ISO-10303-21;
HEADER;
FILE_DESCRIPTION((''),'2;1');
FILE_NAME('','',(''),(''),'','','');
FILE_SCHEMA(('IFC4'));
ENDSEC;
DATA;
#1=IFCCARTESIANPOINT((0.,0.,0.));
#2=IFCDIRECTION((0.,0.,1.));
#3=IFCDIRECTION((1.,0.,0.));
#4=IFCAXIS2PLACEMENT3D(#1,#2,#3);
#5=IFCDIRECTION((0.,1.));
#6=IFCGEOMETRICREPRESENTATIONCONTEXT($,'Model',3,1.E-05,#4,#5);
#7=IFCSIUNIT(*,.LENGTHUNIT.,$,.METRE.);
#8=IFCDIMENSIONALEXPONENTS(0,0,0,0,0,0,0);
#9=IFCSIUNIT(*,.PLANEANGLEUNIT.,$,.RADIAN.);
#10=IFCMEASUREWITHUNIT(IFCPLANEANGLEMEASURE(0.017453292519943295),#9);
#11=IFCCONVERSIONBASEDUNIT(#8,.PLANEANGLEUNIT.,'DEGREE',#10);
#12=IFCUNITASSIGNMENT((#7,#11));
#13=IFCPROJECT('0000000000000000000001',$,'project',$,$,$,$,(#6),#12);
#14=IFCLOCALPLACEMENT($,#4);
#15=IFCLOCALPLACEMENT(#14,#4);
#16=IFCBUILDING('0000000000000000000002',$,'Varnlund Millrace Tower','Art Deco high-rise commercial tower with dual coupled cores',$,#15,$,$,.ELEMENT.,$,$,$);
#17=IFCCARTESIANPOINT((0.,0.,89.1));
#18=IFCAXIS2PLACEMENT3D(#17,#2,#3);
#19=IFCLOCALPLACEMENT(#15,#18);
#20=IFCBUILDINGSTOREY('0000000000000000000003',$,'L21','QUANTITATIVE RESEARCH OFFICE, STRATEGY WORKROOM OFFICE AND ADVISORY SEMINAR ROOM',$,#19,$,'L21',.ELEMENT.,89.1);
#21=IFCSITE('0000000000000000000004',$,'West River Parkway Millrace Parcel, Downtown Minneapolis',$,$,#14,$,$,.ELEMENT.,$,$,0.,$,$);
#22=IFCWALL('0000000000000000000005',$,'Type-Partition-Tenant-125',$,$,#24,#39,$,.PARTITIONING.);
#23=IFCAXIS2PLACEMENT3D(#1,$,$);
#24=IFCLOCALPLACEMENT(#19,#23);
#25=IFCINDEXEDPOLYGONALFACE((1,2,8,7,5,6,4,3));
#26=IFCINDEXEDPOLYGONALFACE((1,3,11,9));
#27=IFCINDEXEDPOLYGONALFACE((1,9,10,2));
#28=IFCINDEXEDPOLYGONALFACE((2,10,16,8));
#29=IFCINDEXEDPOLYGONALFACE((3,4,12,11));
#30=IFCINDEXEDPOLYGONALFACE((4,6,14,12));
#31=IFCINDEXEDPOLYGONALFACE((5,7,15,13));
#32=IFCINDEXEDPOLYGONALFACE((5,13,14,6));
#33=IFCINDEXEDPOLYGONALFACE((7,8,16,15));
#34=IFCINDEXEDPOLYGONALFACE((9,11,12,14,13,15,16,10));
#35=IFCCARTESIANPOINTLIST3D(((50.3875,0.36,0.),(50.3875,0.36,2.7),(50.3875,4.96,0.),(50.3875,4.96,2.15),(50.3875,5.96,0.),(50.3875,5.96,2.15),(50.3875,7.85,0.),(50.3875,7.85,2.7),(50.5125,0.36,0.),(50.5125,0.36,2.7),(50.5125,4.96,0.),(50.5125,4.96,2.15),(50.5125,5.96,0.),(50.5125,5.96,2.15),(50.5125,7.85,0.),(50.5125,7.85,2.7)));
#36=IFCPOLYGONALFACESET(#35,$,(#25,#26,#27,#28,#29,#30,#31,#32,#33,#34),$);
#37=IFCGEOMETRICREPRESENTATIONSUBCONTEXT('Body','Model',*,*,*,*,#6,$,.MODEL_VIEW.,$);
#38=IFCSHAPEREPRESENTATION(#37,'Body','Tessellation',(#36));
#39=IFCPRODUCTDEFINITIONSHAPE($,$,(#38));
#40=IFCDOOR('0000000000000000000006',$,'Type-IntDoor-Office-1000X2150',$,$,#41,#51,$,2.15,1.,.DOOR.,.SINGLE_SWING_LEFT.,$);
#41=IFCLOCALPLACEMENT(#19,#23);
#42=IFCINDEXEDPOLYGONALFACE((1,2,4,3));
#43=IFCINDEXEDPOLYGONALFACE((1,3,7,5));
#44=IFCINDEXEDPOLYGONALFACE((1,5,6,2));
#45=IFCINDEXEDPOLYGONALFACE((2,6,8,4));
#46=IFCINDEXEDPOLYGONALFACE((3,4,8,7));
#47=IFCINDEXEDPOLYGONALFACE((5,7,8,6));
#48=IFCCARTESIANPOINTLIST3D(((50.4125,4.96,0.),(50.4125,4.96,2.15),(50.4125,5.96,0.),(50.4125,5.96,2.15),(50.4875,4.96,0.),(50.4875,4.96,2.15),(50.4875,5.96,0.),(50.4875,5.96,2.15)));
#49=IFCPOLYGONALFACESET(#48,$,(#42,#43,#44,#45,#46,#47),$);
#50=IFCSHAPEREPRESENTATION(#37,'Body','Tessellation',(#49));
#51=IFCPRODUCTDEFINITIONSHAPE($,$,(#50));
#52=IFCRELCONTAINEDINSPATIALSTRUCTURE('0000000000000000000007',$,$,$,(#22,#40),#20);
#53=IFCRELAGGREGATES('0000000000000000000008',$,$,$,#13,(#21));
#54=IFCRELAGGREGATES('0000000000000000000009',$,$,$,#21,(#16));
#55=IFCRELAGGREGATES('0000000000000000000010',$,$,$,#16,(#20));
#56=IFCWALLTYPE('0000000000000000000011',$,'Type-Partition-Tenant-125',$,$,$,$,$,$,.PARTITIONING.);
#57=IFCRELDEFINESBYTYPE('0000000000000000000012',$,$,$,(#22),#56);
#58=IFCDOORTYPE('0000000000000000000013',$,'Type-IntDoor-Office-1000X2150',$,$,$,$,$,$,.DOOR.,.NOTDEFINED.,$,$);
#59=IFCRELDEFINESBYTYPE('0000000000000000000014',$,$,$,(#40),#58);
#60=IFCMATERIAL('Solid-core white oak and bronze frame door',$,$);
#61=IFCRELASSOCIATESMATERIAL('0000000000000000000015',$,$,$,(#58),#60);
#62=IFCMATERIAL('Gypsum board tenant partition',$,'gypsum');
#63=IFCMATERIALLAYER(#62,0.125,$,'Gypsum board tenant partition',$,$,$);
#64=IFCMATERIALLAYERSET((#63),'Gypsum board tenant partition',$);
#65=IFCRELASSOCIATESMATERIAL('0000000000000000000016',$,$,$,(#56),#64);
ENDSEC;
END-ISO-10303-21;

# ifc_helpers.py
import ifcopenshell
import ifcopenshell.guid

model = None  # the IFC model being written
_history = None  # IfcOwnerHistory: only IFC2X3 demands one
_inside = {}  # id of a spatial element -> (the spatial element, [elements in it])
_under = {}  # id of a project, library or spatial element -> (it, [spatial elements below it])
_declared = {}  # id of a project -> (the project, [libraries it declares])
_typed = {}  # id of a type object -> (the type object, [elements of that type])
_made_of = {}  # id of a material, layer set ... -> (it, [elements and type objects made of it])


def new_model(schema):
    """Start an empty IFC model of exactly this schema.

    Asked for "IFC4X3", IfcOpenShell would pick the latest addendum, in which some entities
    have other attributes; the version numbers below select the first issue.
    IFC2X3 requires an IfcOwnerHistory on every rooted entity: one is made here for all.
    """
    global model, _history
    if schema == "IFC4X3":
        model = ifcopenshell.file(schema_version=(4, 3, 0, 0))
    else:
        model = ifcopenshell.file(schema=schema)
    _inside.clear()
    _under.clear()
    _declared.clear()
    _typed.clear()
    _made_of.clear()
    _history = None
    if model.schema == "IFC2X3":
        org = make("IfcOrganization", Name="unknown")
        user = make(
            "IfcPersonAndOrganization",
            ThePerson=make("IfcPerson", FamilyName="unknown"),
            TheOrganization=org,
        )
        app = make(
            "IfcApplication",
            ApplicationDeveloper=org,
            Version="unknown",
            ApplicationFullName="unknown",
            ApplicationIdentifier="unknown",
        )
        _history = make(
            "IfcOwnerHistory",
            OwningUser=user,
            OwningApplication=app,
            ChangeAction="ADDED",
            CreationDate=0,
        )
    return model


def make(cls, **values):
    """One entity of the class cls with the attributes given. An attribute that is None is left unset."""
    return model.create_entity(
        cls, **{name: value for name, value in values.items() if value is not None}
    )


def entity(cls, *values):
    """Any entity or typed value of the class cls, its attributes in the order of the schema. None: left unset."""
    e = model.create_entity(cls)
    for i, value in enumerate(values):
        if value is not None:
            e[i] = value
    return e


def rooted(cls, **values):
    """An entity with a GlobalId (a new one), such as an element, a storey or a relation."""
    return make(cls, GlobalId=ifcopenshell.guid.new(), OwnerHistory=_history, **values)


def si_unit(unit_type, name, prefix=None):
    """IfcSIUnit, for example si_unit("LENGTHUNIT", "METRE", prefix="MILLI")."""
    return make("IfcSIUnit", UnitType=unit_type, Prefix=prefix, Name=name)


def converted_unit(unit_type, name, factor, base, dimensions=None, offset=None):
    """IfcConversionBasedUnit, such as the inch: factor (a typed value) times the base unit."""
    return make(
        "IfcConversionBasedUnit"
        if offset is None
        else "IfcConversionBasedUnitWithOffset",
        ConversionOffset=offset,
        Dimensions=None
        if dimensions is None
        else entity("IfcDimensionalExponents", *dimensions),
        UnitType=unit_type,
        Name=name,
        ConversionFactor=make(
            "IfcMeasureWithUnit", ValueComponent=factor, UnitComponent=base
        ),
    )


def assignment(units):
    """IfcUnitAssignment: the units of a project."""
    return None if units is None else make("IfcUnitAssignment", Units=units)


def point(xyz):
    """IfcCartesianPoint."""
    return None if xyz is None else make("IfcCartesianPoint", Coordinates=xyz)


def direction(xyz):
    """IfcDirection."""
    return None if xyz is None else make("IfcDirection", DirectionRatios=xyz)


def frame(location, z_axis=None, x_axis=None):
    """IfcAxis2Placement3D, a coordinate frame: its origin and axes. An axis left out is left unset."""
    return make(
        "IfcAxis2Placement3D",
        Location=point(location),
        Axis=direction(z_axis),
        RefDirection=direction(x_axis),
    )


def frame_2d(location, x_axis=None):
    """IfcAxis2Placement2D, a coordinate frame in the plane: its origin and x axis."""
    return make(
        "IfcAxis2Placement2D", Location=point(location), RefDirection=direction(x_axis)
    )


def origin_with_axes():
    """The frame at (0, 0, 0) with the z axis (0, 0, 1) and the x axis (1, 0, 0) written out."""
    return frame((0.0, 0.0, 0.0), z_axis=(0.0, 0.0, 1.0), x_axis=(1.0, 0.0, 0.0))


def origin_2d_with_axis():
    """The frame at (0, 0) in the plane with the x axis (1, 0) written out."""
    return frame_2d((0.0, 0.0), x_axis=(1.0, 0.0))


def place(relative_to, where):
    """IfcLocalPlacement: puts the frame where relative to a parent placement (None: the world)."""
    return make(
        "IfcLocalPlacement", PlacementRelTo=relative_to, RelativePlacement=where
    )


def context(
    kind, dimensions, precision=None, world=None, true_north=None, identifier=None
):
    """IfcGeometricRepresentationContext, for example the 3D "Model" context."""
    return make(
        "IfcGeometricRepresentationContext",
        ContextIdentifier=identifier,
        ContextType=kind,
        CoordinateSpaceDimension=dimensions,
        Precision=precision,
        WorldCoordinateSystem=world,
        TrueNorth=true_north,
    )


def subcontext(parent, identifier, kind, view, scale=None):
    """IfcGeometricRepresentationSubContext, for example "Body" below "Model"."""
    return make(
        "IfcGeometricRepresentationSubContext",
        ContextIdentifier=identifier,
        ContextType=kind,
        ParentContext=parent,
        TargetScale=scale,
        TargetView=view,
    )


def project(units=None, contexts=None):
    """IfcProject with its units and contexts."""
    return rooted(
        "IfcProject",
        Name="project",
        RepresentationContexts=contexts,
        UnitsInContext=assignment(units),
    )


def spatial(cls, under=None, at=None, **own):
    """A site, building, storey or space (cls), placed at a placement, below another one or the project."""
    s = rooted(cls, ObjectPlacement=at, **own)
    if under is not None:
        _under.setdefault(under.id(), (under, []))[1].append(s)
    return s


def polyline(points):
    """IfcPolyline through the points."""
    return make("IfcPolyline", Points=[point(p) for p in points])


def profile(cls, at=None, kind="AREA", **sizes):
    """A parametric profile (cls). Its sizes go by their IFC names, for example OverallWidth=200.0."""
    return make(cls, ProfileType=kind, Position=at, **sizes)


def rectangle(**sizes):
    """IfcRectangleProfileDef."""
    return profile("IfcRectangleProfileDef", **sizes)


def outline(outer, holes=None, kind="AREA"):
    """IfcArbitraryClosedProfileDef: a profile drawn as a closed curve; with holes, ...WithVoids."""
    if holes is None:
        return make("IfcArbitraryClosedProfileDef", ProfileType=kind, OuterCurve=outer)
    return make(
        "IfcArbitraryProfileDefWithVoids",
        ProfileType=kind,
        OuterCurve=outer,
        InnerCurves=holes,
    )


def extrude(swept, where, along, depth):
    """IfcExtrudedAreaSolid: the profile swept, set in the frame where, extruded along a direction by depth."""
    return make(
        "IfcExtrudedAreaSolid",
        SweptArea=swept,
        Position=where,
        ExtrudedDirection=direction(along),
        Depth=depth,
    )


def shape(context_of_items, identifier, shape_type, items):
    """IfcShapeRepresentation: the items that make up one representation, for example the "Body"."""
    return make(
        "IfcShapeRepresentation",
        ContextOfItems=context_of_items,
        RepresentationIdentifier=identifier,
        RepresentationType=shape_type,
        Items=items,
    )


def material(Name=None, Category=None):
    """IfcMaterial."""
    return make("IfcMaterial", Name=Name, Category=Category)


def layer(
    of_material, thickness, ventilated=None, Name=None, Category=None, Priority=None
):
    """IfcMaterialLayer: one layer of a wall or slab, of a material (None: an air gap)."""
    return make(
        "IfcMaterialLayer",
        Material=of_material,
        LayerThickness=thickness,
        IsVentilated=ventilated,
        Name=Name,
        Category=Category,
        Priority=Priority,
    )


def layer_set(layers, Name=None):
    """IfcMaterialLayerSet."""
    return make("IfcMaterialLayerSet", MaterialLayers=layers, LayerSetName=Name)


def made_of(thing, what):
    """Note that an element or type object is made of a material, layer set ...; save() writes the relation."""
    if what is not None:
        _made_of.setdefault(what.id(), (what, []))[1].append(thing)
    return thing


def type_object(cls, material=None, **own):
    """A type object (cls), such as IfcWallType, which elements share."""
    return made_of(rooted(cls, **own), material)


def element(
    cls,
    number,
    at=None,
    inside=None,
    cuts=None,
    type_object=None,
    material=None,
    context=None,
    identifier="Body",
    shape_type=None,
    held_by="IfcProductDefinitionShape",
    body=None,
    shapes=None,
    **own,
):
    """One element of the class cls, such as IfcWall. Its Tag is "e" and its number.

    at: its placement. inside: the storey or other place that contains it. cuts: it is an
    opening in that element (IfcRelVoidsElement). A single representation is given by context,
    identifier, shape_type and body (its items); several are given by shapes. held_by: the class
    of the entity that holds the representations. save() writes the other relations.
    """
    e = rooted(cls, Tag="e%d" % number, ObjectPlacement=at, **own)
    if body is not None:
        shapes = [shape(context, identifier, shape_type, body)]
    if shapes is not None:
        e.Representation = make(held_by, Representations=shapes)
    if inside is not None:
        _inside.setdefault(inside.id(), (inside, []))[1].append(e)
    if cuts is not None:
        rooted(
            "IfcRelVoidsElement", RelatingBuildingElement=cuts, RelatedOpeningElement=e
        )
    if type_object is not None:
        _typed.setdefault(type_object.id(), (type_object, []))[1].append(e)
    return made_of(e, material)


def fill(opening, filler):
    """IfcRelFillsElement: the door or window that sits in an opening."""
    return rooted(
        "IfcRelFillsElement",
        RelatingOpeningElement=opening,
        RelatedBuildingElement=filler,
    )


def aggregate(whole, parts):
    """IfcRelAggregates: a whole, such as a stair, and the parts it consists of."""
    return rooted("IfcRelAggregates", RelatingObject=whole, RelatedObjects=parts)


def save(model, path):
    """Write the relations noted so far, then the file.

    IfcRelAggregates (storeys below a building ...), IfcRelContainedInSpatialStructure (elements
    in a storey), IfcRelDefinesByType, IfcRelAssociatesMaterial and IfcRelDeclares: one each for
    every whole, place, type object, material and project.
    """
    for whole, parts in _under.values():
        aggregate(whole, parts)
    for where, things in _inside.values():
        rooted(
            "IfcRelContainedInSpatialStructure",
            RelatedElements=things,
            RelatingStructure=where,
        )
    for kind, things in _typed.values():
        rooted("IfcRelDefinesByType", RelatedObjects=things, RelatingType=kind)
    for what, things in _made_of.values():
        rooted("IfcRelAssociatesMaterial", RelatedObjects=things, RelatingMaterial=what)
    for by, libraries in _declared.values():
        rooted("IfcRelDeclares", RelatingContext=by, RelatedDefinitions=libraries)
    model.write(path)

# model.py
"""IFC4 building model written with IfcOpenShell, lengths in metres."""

from ifc_helpers import new_model, entity, si_unit, converted_unit, direction, frame, origin_with_axes, origin_2d_with_axis, place, context, subcontext, project, spatial, polyline, rectangle, outline, extrude, material, layer, layer_set, type_object, element, fill, save


model = new_model("IFC4")

# Units and contexts
model_context = context("Model", 3, precision=1e-05, world=origin_with_axes(), true_north=direction((0.0, 1.0)))
body_context = subcontext(model_context, "Body", "Model", "MODEL_VIEW")
ifc_project = project(units=[si_unit("LENGTHUNIT", "METRE"), converted_unit("PLANEANGLEUNIT", "DEGREE", entity("IfcPlaneAngleMeasure", 0.017453292519943295), si_unit("PLANEANGLEUNIT", "RADIAN"), dimensions=[0, 0, 0, 0, 0, 0, 0])], contexts=[model_context])

# Site, building, storey
site_placement = place(None, origin_with_axes())
site = spatial("IfcSite", under=ifc_project, at=site_placement, Name="West River Parkway Millrace Parcel, Downtown Minneapolis", CompositionType="ELEMENT", RefElevation=0.0)
building_placement = place(site_placement, origin_with_axes())
building = spatial("IfcBuilding", under=site, at=building_placement, Name="Varnlund Millrace Tower", Description="Art Deco high-rise commercial tower with dual coupled cores", CompositionType="ELEMENT")
storey_placement = place(building_placement, frame((0.0, 0.0, 89.1), z_axis=(0.0, 0.0, 1.0), x_axis=(1.0, 0.0, 0.0)))
storey = spatial("IfcBuildingStorey", under=building, at=storey_placement, Name="L21", Description="QUANTITATIVE RESEARCH OFFICE, STRATEGY WORKROOM OFFICE AND ADVISORY SEMINAR ROOM", LongName="L21", CompositionType="ELEMENT", Elevation=89.1)

# Shared definitions
ifc_material_1 = material(Name="Solid-core white oak and bronze frame door")
door_type_1 = type_object("IfcDoorType", Name="Type-IntDoor-Office-1000X2150", OperationType="NOTDEFINED", PredefinedType="DOOR", material=ifc_material_1)

# Wall, opening, door
ifc_material_2 = material(Name="Gypsum board tenant partition", Category="gypsum")
ifc_layer_1 = layer(ifc_material_2, 0.125, Name="Gypsum board tenant partition")
ifc_layer_set_1 = layer_set([ifc_layer_1], Name="Gypsum board tenant partition")
wall_type_1 = type_object("IfcWallType", Name="Type-Partition-Tenant-125", PredefinedType="PARTITIONING", material=ifc_layer_set_1)
wall_1_placement = place(storey_placement, frame((50.45, 0.36, 0.0), z_axis=(0.0, 0.0, 1.0), x_axis=(0.0, 1.0, 0.0)))
wall_1 = element("IfcWall", 1, at=wall_1_placement, inside=storey, type_object=wall_type_1, Name="Type-Partition-Tenant-125", PredefinedType="PARTITIONING", context=body_context, shape_type="SweptSolid", body=[
    extrude(outline(polyline([(0.0, -0.0625), (7.49, -0.0625), (7.49, 0.0625), (0.0, 0.0625), (0.0, -0.0625)])), origin_with_axes(), (0.0, 0.0, 1.0), 2.7),
])
opening_1_placement = place(wall_1_placement, frame((5.1, 0.0, 0.0), z_axis=(0.0, 0.0, 1.0), x_axis=(1.0, 0.0, 0.0)))
opening_1 = element("IfcOpeningElement", 2, at=opening_1_placement, cuts=wall_1, PredefinedType="OPENING", context=body_context, shape_type="SweptSolid", body=[
    extrude(rectangle(XDim=1.0, YDim=0.145, at=origin_2d_with_axis()), origin_with_axes(), (0.0, 0.0, 1.0), 2.15),
])
door_1_placement = place(wall_1_placement, frame((5.1, 0.0, 0.0), z_axis=(0.0, 0.0, 1.0), x_axis=(1.0, 0.0, 0.0)))
door_1 = element("IfcDoor", 3, at=door_1_placement, inside=storey, type_object=door_type_1, Name="Type-IntDoor-Office-1000X2150", OperationType="SINGLE_SWING_LEFT", OverallHeight=2.15, OverallWidth=1.0, PredefinedType="DOOR", context=body_context, shape_type="SweptSolid", body=[
    extrude(rectangle(XDim=1.0, YDim=0.075, at=origin_2d_with_axis()), origin_with_axes(), (0.0, 0.0, 1.0), 2.15),
])
fill(opening_1, door_1)

save(model, "model.ifc")
